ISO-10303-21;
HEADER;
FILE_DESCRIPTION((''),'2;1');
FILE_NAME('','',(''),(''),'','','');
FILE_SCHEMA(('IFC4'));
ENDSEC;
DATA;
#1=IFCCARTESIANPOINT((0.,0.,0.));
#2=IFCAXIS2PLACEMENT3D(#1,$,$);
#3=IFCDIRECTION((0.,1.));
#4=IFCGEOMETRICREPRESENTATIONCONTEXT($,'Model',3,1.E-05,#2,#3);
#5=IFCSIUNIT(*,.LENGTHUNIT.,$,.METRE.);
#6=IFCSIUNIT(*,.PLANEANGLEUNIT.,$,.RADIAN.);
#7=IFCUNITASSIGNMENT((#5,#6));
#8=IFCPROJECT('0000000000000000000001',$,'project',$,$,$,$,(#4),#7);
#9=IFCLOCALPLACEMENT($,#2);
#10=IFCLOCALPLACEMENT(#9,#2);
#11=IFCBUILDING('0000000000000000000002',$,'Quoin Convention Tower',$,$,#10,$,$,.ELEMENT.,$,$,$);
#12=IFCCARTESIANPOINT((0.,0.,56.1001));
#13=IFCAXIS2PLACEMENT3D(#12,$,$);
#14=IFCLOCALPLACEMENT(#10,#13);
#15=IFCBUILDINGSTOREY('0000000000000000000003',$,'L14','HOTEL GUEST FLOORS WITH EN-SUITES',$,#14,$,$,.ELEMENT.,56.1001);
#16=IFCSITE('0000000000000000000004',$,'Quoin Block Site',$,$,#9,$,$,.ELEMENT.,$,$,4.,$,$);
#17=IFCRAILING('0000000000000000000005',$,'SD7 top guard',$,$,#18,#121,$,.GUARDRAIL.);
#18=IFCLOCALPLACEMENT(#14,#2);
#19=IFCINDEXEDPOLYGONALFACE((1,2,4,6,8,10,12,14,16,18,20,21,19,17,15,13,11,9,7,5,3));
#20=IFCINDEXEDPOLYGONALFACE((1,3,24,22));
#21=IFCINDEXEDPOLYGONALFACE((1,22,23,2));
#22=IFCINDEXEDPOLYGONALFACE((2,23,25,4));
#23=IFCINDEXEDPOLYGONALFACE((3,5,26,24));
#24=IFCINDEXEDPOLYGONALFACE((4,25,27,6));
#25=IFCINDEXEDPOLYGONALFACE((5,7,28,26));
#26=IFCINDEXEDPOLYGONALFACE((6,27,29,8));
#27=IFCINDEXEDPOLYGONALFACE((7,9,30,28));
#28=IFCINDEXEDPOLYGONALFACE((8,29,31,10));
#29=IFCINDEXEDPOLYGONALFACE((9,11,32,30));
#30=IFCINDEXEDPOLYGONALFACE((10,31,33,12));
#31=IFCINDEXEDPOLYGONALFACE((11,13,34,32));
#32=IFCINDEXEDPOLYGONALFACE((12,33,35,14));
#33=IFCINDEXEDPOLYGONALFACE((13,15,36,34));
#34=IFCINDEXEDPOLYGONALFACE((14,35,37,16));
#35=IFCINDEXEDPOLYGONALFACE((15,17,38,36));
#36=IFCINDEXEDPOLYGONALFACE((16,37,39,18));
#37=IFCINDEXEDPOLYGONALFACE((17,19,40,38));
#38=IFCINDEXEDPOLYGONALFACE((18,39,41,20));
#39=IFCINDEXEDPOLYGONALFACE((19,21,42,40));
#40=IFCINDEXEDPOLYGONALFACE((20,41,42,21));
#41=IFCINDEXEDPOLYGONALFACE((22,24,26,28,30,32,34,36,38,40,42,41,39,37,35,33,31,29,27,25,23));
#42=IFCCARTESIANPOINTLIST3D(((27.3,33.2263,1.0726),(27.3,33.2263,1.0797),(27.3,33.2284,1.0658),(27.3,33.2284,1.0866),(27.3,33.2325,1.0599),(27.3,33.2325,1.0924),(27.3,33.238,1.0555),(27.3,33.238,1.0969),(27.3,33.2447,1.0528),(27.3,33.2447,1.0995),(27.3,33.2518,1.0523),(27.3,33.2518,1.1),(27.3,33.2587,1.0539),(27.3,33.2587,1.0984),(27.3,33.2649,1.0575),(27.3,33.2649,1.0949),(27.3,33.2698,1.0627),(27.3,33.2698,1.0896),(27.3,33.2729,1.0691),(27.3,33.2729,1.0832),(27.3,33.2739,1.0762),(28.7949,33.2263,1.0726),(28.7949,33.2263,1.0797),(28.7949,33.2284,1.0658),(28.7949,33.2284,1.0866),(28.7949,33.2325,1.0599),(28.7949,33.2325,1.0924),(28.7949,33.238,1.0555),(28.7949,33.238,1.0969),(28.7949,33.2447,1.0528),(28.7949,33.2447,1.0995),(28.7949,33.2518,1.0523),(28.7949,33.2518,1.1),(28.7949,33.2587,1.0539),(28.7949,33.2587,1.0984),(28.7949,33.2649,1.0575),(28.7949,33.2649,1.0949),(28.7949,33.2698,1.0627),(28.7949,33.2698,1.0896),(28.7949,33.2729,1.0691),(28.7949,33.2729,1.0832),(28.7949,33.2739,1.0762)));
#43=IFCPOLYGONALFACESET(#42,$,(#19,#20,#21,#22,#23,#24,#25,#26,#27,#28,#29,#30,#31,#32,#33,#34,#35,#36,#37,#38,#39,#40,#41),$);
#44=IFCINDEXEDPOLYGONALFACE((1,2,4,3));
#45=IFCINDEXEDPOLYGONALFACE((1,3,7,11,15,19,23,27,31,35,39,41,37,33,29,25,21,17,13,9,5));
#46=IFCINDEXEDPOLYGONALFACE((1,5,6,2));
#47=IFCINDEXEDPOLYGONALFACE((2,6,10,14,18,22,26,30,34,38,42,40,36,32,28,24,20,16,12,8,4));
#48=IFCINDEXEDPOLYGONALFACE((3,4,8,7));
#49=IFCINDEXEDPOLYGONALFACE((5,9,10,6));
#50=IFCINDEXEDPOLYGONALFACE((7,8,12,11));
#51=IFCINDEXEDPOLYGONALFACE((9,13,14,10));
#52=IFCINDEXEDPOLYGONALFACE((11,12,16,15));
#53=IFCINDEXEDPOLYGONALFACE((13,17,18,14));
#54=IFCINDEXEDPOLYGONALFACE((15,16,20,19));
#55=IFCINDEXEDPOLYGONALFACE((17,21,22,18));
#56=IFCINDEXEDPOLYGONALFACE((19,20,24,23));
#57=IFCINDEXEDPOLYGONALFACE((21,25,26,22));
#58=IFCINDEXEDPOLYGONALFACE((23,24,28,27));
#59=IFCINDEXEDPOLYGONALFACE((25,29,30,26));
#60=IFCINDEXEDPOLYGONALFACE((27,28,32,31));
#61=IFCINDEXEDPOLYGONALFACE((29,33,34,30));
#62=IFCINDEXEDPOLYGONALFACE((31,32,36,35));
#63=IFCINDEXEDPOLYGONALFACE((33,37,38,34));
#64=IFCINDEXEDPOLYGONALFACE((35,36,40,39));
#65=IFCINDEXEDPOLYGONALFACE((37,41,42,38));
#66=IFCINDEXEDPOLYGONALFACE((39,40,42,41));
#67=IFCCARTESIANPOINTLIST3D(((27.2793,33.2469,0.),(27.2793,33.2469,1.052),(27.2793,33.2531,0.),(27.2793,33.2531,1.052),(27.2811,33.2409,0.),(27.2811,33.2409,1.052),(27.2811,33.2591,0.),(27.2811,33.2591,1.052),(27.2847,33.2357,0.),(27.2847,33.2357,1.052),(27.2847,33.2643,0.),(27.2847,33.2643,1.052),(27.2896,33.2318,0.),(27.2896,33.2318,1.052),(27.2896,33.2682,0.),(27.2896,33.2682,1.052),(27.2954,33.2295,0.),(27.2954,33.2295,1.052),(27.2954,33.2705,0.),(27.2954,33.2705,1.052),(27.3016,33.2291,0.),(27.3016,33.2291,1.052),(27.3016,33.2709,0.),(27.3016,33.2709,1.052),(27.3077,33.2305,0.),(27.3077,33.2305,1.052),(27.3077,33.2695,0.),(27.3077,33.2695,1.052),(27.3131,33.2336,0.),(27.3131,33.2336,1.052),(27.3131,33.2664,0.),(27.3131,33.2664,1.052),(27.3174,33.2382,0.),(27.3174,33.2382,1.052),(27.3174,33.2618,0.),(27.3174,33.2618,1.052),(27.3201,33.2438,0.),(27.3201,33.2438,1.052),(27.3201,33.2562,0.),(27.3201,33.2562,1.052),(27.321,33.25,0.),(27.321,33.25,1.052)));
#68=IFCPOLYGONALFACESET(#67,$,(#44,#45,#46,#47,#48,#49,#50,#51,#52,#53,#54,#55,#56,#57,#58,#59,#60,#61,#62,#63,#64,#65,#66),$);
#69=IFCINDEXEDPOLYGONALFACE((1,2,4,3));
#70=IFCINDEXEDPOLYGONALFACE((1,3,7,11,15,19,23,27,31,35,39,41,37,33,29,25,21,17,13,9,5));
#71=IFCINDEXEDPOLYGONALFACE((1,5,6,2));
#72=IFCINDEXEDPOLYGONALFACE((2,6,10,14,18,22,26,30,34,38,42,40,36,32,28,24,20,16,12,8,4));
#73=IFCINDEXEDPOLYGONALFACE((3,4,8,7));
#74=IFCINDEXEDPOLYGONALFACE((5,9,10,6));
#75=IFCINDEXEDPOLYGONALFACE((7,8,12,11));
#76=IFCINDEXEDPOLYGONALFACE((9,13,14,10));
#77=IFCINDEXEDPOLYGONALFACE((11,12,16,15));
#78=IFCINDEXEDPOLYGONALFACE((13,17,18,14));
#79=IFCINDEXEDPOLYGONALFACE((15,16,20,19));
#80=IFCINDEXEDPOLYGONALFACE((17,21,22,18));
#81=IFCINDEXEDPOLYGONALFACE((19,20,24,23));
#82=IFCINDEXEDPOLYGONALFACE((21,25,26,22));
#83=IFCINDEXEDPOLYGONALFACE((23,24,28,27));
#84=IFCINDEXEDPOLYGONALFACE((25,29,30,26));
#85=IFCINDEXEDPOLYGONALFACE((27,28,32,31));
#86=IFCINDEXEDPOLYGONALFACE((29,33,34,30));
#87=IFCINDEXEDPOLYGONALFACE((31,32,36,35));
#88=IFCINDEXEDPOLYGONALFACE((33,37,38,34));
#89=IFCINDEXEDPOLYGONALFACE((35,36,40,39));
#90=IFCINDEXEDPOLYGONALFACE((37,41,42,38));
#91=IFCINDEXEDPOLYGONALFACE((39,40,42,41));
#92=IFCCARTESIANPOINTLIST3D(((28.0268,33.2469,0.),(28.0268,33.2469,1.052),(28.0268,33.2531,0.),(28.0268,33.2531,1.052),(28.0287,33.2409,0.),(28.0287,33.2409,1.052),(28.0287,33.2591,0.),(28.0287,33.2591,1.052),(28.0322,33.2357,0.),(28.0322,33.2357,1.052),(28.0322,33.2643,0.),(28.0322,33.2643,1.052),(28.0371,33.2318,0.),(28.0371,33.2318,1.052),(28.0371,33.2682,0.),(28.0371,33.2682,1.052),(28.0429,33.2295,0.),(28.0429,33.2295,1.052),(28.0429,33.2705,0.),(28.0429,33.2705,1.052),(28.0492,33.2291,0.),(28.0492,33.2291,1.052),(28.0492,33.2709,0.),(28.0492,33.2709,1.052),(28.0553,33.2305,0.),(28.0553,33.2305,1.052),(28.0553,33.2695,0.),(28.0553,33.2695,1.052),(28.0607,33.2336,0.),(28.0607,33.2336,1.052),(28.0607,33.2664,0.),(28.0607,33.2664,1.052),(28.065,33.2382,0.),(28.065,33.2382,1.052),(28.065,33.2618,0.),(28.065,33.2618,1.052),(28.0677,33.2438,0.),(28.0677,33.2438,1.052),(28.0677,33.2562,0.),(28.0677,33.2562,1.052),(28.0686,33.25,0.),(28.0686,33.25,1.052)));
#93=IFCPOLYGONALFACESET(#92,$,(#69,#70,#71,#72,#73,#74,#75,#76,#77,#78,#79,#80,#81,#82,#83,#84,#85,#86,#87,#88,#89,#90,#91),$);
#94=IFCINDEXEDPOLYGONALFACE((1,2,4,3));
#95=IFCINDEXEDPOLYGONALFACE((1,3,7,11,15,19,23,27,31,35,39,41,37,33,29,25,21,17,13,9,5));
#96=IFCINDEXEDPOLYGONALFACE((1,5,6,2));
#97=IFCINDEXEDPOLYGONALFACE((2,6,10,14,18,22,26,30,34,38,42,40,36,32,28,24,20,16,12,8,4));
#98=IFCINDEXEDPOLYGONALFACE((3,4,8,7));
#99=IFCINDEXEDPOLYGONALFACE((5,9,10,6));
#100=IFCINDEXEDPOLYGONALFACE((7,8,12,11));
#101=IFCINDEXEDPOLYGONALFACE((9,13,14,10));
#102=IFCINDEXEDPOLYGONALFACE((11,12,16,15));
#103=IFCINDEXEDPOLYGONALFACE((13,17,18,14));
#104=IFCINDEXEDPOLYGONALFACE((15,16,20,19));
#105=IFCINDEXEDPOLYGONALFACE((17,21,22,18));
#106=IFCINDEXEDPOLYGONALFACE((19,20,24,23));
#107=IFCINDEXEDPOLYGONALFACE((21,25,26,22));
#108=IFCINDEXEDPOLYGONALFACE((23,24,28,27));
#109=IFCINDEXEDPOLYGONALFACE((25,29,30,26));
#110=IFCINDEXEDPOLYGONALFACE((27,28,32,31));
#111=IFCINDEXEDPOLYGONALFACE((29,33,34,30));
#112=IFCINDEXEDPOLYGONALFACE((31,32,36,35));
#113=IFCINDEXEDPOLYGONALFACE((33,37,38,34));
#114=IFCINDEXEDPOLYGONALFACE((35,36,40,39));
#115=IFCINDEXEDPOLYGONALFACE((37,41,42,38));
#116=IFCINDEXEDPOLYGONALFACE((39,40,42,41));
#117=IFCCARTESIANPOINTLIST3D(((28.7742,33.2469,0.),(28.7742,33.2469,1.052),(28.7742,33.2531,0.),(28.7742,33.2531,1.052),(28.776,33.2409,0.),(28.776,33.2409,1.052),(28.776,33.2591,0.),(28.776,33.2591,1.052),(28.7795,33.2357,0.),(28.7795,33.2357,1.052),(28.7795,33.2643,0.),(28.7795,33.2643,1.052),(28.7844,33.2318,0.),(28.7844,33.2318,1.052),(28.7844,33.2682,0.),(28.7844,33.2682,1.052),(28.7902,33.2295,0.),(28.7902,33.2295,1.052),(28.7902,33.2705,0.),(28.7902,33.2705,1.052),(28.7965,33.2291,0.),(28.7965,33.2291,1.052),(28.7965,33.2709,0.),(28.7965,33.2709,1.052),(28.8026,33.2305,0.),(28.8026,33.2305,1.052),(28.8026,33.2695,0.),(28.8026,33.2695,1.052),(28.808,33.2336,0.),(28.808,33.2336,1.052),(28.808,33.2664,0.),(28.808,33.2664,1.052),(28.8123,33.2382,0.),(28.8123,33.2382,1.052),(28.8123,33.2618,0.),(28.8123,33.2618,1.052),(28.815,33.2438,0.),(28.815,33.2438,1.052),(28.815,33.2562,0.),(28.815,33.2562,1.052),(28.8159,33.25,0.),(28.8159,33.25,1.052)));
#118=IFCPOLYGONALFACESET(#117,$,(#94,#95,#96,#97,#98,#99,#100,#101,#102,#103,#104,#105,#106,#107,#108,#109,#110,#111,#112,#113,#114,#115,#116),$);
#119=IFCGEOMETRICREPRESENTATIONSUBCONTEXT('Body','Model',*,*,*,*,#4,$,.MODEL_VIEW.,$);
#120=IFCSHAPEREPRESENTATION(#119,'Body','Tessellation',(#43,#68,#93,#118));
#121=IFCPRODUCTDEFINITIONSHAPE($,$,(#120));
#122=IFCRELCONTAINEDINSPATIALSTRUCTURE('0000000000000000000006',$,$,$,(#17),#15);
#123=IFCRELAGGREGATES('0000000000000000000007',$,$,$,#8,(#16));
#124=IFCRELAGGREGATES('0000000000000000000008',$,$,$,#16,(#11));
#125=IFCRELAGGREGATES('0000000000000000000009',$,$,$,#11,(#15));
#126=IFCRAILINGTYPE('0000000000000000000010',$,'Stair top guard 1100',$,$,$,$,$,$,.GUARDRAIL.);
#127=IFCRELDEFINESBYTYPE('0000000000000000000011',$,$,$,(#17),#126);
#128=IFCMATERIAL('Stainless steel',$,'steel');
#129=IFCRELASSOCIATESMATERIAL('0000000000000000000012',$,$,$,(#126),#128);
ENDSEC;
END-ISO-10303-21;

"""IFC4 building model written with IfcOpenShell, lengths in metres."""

from ifc_helpers import new_model, si_unit, direction, frame, origin, origin_2d, place, context, subcontext, project, spatial, circle, extrude, material, type_object, element, save


model = new_model("IFC4")

# Units and contexts
model_context = context("Model", 3, precision=1e-05, world=origin(), true_north=direction((0.0, 1.0)))
body_context = subcontext(model_context, "Body", "Model", "MODEL_VIEW")
ifc_project = project(units=[si_unit("LENGTHUNIT", "METRE"), si_unit("PLANEANGLEUNIT", "RADIAN")], contexts=[model_context])

# Site, building, storey
site_placement = place(None, origin())
site = spatial("IfcSite", under=ifc_project, at=site_placement, Name="Quoin Block Site", CompositionType="ELEMENT", RefElevation=4.0)
building_placement = place(site_placement, origin())
building = spatial("IfcBuilding", under=site, at=building_placement, Name="Quoin Convention Tower", CompositionType="ELEMENT")
storey_placement = place(building_placement, frame((0.0, 0.0, 56.1001)))
storey = spatial("IfcBuildingStorey", under=building, at=storey_placement, Name="L14", Description="HOTEL GUEST FLOORS WITH EN-SUITES", CompositionType="ELEMENT", Elevation=56.1001)

# Railing
ifc_material_1 = material(Name="Stainless steel", Category="steel")
railing_type_1 = type_object("IfcRailingType", Name="Stair top guard 1100", PredefinedType="GUARDRAIL", material=ifc_material_1)
railing_1_placement = place(storey_placement, frame((27.3, 33.25, 0.0)))
element("IfcRailing", 1, at=railing_1_placement, inside=storey, type_object=railing_type_1, Name="SD7 top guard", PredefinedType="GUARDRAIL", context=body_context, shape_type="SweptSolid", body=[
    extrude(circle(Radius=0.0239, at=origin_2d()), frame((0.0, 0.0, 1.0762), z_axis=(1.0, 0.0, 0.0), x_axis=(0.0, 1.0, 0.0)), (0.0, 0.0, 1.0), 1.4949),
    extrude(circle(Radius=0.021, at=origin_2d()), origin(), (0.0, 0.0, 1.0), 1.052),
    extrude(circle(Radius=0.021, at=origin_2d()), frame((0.7476, 0.0, 0.0)), (0.0, 0.0, 1.0), 1.052),
    extrude(circle(Radius=0.021, at=origin_2d()), frame((1.4949, 0.0, 0.0)), (0.0, 0.0, 1.0), 1.052),
])

save(model, "model.ifc")
